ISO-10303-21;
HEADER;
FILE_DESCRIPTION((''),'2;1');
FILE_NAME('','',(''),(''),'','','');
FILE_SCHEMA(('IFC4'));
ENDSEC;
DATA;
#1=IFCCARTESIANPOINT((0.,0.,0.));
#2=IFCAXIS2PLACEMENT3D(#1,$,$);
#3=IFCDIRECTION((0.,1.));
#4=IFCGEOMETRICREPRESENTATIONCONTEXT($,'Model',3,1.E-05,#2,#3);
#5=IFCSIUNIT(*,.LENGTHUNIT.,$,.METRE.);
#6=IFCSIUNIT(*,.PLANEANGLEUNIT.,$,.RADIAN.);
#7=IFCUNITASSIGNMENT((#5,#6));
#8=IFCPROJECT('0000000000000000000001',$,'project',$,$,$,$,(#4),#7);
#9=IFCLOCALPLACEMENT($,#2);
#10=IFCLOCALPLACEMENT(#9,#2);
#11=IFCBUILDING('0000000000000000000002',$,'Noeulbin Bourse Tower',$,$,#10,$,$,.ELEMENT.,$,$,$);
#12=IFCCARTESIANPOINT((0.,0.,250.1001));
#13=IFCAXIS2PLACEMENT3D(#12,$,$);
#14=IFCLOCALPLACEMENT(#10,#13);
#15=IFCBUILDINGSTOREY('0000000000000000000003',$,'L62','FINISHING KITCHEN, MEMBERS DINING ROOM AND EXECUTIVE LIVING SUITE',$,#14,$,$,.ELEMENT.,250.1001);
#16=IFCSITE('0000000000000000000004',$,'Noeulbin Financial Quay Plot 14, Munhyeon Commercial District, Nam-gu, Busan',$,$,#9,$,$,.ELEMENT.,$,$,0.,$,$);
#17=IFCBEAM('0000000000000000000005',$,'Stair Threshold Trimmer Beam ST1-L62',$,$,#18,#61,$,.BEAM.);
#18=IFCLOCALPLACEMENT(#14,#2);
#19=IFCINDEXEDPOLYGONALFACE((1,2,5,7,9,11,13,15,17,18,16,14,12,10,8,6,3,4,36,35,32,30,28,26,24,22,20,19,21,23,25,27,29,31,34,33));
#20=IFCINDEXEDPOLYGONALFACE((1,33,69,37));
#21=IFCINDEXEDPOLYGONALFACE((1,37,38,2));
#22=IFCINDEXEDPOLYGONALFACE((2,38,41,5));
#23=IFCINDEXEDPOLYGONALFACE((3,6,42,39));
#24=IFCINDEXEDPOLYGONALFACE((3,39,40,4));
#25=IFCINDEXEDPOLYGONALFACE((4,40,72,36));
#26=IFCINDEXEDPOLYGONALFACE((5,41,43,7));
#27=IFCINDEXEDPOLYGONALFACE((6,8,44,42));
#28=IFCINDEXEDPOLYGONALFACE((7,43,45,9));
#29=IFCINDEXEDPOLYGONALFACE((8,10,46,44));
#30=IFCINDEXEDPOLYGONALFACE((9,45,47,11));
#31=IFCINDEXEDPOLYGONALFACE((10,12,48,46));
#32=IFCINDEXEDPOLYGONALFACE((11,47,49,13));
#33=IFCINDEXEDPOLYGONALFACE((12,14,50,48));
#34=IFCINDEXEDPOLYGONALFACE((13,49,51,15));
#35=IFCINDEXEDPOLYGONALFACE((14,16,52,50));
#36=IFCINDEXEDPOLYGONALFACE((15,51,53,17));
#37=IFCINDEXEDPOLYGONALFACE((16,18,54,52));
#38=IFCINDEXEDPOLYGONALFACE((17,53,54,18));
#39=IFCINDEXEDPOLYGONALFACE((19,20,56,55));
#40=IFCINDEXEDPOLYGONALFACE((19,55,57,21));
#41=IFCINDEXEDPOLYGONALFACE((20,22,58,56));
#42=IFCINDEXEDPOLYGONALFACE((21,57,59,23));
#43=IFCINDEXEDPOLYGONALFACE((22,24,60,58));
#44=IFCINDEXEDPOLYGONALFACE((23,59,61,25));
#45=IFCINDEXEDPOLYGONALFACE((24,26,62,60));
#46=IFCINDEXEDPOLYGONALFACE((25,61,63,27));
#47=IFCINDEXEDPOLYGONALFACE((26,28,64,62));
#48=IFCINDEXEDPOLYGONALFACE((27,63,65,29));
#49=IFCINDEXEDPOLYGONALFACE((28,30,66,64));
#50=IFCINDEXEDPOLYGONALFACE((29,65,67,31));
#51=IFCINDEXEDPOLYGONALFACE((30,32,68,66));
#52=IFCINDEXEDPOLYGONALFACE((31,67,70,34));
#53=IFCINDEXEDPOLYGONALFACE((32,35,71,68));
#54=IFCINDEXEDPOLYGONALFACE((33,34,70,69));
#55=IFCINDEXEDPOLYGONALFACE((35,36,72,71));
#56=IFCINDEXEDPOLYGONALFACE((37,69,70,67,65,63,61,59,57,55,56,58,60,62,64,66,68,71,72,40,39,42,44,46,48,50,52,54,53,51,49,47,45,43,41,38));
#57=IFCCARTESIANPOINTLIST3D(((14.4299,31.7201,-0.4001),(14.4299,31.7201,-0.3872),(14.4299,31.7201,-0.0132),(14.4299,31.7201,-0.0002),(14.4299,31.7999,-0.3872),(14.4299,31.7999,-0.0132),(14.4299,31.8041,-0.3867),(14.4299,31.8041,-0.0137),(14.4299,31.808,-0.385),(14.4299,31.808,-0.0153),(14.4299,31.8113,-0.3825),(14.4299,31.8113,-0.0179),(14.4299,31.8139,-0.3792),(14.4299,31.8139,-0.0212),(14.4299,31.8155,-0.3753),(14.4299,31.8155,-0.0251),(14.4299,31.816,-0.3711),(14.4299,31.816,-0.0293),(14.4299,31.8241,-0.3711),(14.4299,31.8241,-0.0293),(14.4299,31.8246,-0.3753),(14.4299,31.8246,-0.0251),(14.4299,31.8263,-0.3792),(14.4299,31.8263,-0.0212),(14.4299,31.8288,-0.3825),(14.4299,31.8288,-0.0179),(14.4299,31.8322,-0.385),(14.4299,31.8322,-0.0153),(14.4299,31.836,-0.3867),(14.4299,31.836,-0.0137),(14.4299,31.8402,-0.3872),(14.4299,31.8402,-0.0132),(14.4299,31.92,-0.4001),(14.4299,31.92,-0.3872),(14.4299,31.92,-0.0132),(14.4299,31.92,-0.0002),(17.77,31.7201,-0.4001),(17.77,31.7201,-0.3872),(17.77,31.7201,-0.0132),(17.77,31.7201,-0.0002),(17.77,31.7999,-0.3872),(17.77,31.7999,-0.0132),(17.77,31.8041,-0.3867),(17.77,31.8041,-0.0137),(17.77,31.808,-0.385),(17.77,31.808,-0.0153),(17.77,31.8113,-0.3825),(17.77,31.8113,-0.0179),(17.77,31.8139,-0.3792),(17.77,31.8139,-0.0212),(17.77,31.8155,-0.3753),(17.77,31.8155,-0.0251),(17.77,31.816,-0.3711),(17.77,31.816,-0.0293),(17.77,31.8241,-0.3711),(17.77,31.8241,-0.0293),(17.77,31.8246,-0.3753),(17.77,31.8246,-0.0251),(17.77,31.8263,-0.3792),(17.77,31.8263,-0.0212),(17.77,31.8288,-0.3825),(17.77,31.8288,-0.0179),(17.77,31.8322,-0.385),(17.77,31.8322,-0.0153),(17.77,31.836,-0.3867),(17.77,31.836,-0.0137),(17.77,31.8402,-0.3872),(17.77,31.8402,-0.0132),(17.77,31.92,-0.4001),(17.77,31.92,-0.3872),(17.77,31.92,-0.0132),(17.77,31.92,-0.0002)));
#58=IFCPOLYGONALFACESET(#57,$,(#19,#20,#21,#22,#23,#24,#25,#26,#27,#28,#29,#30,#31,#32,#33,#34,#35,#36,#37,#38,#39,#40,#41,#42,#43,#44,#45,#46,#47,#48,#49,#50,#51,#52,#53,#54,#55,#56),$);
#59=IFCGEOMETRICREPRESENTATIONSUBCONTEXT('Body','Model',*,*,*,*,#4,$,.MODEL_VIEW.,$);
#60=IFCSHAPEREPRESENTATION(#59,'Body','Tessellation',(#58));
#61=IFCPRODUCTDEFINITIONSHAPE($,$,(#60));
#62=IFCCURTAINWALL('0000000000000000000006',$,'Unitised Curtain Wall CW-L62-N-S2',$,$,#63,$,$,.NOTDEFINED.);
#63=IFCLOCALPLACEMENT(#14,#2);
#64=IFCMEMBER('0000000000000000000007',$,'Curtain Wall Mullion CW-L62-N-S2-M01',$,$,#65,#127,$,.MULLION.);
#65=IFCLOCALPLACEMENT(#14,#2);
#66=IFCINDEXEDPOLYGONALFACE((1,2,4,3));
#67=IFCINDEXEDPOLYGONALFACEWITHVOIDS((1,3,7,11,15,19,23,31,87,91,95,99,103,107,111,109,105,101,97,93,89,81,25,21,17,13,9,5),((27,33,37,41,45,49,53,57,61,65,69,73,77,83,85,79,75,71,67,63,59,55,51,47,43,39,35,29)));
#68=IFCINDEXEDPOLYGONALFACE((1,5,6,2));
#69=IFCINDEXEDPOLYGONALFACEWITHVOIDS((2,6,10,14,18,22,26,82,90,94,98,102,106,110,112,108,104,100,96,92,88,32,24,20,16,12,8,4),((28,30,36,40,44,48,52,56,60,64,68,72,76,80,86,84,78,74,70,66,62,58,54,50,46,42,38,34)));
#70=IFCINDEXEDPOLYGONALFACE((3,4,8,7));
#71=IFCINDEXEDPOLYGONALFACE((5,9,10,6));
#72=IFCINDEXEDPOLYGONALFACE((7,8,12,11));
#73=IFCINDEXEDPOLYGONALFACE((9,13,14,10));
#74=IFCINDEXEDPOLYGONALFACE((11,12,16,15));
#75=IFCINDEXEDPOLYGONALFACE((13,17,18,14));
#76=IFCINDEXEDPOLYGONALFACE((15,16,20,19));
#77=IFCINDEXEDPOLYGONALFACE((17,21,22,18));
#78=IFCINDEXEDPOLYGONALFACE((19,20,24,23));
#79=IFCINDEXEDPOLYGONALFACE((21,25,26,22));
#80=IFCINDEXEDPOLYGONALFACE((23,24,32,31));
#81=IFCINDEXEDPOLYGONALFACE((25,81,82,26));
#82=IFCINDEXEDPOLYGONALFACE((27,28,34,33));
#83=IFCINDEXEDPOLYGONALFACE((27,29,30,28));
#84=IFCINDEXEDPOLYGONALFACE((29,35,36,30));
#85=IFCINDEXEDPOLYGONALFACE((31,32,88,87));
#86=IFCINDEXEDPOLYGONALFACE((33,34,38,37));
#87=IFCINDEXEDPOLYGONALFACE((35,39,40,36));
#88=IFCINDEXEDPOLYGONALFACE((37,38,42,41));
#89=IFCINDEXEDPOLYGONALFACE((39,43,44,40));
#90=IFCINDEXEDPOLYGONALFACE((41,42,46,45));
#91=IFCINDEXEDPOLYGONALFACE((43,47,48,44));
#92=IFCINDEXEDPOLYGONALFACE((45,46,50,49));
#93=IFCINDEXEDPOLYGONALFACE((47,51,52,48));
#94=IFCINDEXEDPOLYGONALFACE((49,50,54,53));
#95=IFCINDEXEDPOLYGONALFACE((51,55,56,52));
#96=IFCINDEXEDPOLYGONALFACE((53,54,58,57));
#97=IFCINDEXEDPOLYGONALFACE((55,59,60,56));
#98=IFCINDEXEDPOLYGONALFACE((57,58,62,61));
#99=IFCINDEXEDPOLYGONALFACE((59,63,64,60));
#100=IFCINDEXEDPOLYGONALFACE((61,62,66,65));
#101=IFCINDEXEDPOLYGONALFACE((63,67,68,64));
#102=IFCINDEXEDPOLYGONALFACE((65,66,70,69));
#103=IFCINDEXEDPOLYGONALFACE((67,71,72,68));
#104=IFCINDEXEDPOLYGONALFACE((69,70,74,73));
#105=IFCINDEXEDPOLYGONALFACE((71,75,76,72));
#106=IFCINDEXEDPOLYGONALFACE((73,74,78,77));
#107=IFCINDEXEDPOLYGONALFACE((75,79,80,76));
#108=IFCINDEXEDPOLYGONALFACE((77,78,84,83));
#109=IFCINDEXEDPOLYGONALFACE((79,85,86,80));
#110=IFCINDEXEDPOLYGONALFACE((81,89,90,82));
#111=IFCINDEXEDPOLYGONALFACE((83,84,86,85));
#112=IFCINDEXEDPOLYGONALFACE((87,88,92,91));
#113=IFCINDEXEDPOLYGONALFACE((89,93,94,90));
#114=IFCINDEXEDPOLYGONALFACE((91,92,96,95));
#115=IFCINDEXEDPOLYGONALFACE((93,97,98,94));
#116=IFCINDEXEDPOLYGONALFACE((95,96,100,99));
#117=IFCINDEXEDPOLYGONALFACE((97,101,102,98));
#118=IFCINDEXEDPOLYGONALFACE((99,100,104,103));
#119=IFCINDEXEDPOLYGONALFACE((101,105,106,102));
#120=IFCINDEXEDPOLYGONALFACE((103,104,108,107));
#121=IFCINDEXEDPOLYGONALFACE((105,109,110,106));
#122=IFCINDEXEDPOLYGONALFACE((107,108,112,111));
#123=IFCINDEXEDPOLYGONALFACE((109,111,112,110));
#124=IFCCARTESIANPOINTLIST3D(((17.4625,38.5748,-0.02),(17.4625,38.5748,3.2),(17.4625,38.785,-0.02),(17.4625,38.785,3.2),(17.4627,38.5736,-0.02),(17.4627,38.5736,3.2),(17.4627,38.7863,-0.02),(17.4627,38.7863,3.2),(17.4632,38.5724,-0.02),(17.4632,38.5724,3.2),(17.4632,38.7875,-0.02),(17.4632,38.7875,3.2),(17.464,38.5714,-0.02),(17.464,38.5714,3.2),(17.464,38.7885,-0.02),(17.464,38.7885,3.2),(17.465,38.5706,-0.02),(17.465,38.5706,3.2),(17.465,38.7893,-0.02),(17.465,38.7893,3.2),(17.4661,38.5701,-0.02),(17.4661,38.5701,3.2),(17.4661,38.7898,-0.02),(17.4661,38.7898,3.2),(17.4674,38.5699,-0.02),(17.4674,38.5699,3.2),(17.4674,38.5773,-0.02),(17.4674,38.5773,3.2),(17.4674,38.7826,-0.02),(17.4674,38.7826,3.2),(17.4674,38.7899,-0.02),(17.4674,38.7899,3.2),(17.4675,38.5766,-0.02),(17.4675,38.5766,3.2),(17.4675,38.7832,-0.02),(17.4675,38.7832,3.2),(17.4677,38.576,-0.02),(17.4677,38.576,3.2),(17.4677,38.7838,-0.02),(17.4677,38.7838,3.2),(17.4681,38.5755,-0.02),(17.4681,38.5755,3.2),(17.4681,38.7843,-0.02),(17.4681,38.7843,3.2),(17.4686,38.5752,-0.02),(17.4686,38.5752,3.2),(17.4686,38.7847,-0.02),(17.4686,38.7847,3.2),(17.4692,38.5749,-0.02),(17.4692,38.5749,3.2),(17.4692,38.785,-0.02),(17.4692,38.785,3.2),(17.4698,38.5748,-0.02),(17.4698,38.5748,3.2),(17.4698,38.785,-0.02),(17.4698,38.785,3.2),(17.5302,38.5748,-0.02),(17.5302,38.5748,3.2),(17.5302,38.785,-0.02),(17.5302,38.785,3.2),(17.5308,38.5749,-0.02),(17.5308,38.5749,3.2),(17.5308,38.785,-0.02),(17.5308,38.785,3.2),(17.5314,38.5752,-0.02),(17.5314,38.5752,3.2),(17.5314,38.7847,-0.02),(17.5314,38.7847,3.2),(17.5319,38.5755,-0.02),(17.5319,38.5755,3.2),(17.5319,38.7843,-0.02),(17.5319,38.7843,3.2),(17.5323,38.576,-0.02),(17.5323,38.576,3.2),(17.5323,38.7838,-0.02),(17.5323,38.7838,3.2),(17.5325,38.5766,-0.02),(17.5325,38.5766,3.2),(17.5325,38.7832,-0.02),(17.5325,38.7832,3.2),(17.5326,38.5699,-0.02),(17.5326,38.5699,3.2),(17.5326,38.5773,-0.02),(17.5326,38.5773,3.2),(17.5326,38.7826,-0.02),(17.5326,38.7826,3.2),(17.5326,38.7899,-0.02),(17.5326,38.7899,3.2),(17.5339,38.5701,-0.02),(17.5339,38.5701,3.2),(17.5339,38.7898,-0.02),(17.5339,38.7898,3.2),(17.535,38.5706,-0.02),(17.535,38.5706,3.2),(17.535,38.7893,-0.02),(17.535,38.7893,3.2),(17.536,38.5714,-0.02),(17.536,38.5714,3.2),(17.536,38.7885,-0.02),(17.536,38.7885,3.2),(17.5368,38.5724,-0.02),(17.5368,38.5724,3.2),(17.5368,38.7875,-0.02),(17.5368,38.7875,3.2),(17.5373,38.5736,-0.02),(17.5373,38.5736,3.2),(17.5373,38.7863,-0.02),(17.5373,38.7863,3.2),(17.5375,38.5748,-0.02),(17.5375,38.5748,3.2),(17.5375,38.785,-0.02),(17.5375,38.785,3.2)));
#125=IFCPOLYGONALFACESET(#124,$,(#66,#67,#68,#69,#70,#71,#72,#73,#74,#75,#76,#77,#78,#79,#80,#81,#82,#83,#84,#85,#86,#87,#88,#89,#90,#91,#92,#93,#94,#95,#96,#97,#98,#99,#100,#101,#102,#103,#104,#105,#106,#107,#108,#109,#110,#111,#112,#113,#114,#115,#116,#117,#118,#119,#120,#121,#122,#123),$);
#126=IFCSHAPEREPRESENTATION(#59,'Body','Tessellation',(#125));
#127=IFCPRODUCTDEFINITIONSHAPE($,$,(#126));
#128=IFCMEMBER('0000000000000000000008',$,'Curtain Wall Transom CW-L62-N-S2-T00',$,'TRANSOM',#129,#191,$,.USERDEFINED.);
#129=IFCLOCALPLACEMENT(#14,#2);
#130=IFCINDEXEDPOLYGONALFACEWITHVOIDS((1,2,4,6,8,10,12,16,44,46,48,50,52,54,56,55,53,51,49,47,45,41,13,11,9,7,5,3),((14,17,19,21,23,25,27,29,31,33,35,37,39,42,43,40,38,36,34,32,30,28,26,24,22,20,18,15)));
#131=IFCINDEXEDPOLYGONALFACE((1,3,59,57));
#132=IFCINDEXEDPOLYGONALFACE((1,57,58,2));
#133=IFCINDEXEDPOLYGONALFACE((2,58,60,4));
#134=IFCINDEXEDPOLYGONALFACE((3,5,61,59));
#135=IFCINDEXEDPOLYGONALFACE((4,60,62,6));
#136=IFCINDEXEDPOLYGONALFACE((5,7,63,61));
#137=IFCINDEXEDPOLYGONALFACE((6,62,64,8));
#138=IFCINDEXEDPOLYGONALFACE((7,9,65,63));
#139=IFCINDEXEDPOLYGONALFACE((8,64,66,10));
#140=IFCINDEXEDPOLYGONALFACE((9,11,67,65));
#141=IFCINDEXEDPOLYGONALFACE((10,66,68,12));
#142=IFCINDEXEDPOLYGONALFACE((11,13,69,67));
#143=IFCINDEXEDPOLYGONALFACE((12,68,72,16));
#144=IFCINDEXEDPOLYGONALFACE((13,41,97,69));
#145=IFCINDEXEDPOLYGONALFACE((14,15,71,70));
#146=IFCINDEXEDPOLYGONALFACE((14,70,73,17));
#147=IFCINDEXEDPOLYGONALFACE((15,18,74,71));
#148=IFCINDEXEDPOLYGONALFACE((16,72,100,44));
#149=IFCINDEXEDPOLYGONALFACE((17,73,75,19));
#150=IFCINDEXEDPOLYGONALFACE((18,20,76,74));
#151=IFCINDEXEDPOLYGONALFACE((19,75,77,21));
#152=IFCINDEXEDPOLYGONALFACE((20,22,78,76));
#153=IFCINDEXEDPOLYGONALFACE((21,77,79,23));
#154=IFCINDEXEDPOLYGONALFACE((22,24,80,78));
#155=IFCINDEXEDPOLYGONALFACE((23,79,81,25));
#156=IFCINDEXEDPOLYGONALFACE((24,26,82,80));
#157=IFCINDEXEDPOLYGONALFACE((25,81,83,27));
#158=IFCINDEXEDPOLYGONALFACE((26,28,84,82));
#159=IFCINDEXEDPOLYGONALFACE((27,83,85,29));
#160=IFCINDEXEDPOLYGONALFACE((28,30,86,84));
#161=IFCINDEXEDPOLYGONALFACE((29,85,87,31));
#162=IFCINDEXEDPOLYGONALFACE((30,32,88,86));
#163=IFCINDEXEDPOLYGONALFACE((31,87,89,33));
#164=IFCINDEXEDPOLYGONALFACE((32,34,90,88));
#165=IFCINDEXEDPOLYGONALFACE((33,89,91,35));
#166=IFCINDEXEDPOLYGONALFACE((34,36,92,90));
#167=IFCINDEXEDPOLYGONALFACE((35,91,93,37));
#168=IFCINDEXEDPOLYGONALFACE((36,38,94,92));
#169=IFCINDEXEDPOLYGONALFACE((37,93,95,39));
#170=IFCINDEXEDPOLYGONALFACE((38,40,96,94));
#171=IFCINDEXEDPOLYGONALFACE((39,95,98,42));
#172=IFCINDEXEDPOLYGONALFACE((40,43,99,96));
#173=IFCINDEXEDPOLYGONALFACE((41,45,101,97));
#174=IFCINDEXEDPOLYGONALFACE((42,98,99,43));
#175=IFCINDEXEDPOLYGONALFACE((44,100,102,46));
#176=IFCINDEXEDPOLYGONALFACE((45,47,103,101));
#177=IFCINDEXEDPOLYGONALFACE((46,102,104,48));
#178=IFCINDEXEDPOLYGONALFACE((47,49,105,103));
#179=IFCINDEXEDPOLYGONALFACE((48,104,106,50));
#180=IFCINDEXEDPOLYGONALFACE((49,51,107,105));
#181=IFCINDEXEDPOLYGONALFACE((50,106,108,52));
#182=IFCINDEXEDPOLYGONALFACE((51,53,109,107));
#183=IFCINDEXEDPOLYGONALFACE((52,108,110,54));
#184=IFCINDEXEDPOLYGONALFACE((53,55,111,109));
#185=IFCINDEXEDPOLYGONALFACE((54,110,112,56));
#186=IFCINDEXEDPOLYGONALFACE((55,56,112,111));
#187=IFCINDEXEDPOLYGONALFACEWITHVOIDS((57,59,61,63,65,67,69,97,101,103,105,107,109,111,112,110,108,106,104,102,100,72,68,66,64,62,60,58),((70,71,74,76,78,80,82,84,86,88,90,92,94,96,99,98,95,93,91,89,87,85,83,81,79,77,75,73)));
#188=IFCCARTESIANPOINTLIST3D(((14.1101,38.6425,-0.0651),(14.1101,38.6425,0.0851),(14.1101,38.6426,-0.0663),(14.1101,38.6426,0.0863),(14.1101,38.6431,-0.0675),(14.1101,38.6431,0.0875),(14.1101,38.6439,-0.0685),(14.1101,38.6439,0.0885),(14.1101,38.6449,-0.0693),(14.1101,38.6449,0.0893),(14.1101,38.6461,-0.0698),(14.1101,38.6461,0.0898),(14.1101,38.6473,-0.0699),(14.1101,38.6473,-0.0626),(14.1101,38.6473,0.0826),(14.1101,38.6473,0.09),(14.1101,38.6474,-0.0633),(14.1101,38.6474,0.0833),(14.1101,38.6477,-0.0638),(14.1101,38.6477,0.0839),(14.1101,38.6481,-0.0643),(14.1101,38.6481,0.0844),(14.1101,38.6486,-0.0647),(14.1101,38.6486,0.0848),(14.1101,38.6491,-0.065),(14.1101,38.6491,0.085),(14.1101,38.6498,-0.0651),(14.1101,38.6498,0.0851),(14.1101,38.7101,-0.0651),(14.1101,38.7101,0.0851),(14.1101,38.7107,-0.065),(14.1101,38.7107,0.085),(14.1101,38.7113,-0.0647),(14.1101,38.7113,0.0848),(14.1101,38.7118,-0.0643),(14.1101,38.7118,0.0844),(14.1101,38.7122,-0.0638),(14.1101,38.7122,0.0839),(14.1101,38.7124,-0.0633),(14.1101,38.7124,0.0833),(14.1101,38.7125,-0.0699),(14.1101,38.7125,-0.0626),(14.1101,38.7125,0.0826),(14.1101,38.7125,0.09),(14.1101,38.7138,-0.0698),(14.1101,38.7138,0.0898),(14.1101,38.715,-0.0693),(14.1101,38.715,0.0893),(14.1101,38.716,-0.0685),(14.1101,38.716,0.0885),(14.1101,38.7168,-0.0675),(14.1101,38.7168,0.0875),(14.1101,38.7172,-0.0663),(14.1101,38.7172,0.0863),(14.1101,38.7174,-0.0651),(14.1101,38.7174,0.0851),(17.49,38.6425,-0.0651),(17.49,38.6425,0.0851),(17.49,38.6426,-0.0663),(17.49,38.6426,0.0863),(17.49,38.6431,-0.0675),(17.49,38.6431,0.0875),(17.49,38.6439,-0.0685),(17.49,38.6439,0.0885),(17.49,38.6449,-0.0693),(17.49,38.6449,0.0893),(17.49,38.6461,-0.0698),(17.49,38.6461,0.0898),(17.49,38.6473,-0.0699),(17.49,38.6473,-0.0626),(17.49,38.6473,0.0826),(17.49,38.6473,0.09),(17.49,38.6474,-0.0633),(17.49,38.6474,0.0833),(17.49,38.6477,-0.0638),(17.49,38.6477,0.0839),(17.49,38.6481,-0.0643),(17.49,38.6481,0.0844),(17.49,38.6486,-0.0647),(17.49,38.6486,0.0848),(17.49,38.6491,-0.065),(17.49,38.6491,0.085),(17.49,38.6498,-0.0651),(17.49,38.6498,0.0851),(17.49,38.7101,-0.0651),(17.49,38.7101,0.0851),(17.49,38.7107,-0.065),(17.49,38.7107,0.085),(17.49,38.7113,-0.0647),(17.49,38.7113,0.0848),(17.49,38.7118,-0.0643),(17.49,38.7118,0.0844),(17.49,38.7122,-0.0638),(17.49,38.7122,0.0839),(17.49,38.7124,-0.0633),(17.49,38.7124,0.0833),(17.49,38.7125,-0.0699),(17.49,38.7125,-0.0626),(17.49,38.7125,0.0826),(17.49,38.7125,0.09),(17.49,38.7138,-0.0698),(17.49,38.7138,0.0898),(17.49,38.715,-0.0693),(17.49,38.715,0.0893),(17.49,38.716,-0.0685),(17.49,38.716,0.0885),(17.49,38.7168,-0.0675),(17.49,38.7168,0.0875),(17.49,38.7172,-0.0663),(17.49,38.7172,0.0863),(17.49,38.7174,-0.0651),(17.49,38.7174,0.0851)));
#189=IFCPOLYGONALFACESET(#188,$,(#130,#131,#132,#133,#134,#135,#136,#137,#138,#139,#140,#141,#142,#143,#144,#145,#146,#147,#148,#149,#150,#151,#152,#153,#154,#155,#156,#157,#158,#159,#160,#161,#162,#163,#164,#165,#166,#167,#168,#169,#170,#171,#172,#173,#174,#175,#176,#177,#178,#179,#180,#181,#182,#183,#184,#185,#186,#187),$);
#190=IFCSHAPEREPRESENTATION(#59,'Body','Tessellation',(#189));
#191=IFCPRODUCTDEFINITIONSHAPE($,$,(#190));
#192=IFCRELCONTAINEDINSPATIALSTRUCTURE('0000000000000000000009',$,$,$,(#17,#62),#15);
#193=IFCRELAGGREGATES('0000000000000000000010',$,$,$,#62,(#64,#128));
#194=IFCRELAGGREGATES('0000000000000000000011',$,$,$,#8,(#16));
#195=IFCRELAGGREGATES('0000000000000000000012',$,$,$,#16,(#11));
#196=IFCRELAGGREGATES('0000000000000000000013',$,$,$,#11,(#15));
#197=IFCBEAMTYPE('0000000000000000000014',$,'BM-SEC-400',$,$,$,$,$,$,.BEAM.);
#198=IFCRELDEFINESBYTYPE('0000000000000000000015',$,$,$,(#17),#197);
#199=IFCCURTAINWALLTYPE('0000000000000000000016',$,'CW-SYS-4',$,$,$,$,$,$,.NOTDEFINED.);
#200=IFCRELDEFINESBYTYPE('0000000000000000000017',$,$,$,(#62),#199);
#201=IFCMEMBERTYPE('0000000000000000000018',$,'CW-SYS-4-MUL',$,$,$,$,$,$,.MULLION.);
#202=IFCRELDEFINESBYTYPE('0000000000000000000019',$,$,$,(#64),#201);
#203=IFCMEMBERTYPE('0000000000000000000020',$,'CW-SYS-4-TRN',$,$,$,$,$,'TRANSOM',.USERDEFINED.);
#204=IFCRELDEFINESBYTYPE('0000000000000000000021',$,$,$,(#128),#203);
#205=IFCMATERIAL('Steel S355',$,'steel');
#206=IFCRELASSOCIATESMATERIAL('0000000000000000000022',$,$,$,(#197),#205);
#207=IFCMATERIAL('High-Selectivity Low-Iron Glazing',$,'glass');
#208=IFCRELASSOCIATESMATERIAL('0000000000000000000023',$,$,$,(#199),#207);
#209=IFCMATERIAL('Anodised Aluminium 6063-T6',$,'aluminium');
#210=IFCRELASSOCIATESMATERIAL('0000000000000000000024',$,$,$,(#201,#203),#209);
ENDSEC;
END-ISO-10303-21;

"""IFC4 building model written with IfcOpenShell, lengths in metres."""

from ifc_helpers import new_model, si_unit, direction, frame, origin, origin_2d, place, context, subcontext, project, spatial, hollow_rectangle, i_section, extrude, material, material_profile, profile_set, type_object, element, aggregate, save


model = new_model("IFC4")

# Units and contexts
model_context = context("Model", 3, precision=1e-05, world=origin(), true_north=direction((0.0, 1.0)))
body_context = subcontext(model_context, "Body", "Model", "MODEL_VIEW")
ifc_project = project(units=[si_unit("LENGTHUNIT", "METRE"), si_unit("PLANEANGLEUNIT", "RADIAN")], contexts=[model_context])

# Site, building, storey
site_placement = place(None, origin())
site = spatial("IfcSite", under=ifc_project, at=site_placement, Name="Noeulbin Financial Quay Plot 14, Munhyeon Commercial District, Nam-gu, Busan", CompositionType="ELEMENT", RefElevation=0.0)
building_placement = place(site_placement, origin())
building = spatial("IfcBuilding", under=site, at=building_placement, Name="Noeulbin Bourse Tower", CompositionType="ELEMENT")
storey_placement = place(building_placement, frame((0.0, 0.0, 250.1001)))
storey = spatial("IfcBuildingStorey", under=building, at=storey_placement, Name="L62", Description="FINISHING KITCHEN, MEMBERS DINING ROOM AND EXECUTIVE LIVING SUITE", CompositionType="ELEMENT", Elevation=250.1001)

# Beam
ifc_material_1 = material(Name="Steel S355", Category="steel")
ifc_material_profile_1 = material_profile(ifc_material_1, i_section(OverallWidth=0.2, OverallDepth=0.3999, WebThickness=0.0081, FlangeThickness=0.0129, FilletRadius=0.0161, at=origin_2d()), Name="H-400x200x8x13", Category="LoadBearing")
ifc_profile_set_1 = profile_set([ifc_material_profile_1], Name="Steel S355")
beam_type = type_object("IfcBeamType", Name="BM-SEC-400", PredefinedType="BEAM", material=ifc_profile_set_1)
beam_placement = place(storey_placement, frame((14.4299, 31.8201, -0.2002), z_axis=(1.0, 0.0, 0.0), x_axis=(0.0, 1.0, 0.0)))
element("IfcBeam", 1, at=beam_placement, inside=storey, type_object=beam_type, Name="Stair Threshold Trimmer Beam ST1-L62", PredefinedType="BEAM", context=body_context, shape_type="SweptSolid", body=[
    extrude(i_section(OverallWidth=0.2, OverallDepth=0.3999, WebThickness=0.0081, FlangeThickness=0.0129, FilletRadius=0.0161, at=origin_2d()), origin(), (0.0, 0.0, 1.0), 3.3401),
])

# Curtain wall, members
ifc_material_2 = material(Name="High-Selectivity Low-Iron Glazing", Category="glass")
curtain_wall_type = type_object("IfcCurtainWallType", Name="CW-SYS-4", PredefinedType="NOTDEFINED", material=ifc_material_2)
curtain_wall_placement = place(storey_placement, origin())
curtain_wall = element("IfcCurtainWall", 2, at=curtain_wall_placement, inside=storey, type_object=curtain_wall_type, Name="Unitised Curtain Wall CW-L62-N-S2", PredefinedType="NOTDEFINED")
ifc_material_3 = material(Name="Anodised Aluminium 6063-T6", Category="aluminium")
ifc_material_profile_2 = material_profile(ifc_material_3, hollow_rectangle(XDim=0.075, YDim=0.22, WallThickness=0.0049, InnerFilletRadius=0.0024, OuterFilletRadius=0.0049, at=origin_2d()), Name="ALU-MULL-75x220x5", Category="LoadBearing")
ifc_profile_set_2 = profile_set([ifc_material_profile_2], Name="Anodised Aluminium 6063-T6")
member_type_1 = type_object("IfcMemberType", Name="CW-SYS-4-MUL", PredefinedType="MULLION", material=ifc_profile_set_2)
member_1_placement = place(storey_placement, frame((17.5, 38.6799, -0.02), z_axis=(0.0, 0.0, 1.0), x_axis=(1.0, 0.0, 0.0)))
member_1 = element("IfcMember", 3, at=member_1_placement, type_object=member_type_1, Name="Curtain Wall Mullion CW-L62-N-S2-M01", PredefinedType="MULLION", context=body_context, shape_type="SweptSolid", body=[
    extrude(hollow_rectangle(XDim=0.075, YDim=0.22, WallThickness=0.0049, InnerFilletRadius=0.0024, OuterFilletRadius=0.0049, at=origin_2d()), origin(), (0.0, 0.0, 1.0), 3.22),
])
ifc_material_profile_3 = material_profile(ifc_material_3, hollow_rectangle(XDim=0.075, YDim=0.1599, WallThickness=0.0049, InnerFilletRadius=0.0024, OuterFilletRadius=0.0049, at=origin_2d()), Name="ALU-TRAN-75x160x5", Category="LoadBearing")
ifc_profile_set_3 = profile_set([ifc_material_profile_3], Name="Anodised Aluminium 6063-T6")
member_type_2 = type_object("IfcMemberType", Name="CW-SYS-4-TRN", ElementType="TRANSOM", PredefinedType="USERDEFINED", material=ifc_profile_set_3)
member_2_placement = place(storey_placement, frame((14.1101, 38.6799, 0.01), z_axis=(1.0, 0.0, 0.0), x_axis=(0.0, 1.0, 0.0)))
member_2 = element("IfcMember", 4, at=member_2_placement, type_object=member_type_2, Name="Curtain Wall Transom CW-L62-N-S2-T00", ObjectType="TRANSOM", PredefinedType="USERDEFINED", context=body_context, shape_type="SweptSolid", body=[
    extrude(hollow_rectangle(XDim=0.075, YDim=0.1599, WallThickness=0.0049, InnerFilletRadius=0.0024, OuterFilletRadius=0.0049, at=origin_2d()), origin(), (0.0, 0.0, 1.0), 3.3799),
])
aggregate(curtain_wall, [member_1, member_2])

save(model, "model.ifc")
